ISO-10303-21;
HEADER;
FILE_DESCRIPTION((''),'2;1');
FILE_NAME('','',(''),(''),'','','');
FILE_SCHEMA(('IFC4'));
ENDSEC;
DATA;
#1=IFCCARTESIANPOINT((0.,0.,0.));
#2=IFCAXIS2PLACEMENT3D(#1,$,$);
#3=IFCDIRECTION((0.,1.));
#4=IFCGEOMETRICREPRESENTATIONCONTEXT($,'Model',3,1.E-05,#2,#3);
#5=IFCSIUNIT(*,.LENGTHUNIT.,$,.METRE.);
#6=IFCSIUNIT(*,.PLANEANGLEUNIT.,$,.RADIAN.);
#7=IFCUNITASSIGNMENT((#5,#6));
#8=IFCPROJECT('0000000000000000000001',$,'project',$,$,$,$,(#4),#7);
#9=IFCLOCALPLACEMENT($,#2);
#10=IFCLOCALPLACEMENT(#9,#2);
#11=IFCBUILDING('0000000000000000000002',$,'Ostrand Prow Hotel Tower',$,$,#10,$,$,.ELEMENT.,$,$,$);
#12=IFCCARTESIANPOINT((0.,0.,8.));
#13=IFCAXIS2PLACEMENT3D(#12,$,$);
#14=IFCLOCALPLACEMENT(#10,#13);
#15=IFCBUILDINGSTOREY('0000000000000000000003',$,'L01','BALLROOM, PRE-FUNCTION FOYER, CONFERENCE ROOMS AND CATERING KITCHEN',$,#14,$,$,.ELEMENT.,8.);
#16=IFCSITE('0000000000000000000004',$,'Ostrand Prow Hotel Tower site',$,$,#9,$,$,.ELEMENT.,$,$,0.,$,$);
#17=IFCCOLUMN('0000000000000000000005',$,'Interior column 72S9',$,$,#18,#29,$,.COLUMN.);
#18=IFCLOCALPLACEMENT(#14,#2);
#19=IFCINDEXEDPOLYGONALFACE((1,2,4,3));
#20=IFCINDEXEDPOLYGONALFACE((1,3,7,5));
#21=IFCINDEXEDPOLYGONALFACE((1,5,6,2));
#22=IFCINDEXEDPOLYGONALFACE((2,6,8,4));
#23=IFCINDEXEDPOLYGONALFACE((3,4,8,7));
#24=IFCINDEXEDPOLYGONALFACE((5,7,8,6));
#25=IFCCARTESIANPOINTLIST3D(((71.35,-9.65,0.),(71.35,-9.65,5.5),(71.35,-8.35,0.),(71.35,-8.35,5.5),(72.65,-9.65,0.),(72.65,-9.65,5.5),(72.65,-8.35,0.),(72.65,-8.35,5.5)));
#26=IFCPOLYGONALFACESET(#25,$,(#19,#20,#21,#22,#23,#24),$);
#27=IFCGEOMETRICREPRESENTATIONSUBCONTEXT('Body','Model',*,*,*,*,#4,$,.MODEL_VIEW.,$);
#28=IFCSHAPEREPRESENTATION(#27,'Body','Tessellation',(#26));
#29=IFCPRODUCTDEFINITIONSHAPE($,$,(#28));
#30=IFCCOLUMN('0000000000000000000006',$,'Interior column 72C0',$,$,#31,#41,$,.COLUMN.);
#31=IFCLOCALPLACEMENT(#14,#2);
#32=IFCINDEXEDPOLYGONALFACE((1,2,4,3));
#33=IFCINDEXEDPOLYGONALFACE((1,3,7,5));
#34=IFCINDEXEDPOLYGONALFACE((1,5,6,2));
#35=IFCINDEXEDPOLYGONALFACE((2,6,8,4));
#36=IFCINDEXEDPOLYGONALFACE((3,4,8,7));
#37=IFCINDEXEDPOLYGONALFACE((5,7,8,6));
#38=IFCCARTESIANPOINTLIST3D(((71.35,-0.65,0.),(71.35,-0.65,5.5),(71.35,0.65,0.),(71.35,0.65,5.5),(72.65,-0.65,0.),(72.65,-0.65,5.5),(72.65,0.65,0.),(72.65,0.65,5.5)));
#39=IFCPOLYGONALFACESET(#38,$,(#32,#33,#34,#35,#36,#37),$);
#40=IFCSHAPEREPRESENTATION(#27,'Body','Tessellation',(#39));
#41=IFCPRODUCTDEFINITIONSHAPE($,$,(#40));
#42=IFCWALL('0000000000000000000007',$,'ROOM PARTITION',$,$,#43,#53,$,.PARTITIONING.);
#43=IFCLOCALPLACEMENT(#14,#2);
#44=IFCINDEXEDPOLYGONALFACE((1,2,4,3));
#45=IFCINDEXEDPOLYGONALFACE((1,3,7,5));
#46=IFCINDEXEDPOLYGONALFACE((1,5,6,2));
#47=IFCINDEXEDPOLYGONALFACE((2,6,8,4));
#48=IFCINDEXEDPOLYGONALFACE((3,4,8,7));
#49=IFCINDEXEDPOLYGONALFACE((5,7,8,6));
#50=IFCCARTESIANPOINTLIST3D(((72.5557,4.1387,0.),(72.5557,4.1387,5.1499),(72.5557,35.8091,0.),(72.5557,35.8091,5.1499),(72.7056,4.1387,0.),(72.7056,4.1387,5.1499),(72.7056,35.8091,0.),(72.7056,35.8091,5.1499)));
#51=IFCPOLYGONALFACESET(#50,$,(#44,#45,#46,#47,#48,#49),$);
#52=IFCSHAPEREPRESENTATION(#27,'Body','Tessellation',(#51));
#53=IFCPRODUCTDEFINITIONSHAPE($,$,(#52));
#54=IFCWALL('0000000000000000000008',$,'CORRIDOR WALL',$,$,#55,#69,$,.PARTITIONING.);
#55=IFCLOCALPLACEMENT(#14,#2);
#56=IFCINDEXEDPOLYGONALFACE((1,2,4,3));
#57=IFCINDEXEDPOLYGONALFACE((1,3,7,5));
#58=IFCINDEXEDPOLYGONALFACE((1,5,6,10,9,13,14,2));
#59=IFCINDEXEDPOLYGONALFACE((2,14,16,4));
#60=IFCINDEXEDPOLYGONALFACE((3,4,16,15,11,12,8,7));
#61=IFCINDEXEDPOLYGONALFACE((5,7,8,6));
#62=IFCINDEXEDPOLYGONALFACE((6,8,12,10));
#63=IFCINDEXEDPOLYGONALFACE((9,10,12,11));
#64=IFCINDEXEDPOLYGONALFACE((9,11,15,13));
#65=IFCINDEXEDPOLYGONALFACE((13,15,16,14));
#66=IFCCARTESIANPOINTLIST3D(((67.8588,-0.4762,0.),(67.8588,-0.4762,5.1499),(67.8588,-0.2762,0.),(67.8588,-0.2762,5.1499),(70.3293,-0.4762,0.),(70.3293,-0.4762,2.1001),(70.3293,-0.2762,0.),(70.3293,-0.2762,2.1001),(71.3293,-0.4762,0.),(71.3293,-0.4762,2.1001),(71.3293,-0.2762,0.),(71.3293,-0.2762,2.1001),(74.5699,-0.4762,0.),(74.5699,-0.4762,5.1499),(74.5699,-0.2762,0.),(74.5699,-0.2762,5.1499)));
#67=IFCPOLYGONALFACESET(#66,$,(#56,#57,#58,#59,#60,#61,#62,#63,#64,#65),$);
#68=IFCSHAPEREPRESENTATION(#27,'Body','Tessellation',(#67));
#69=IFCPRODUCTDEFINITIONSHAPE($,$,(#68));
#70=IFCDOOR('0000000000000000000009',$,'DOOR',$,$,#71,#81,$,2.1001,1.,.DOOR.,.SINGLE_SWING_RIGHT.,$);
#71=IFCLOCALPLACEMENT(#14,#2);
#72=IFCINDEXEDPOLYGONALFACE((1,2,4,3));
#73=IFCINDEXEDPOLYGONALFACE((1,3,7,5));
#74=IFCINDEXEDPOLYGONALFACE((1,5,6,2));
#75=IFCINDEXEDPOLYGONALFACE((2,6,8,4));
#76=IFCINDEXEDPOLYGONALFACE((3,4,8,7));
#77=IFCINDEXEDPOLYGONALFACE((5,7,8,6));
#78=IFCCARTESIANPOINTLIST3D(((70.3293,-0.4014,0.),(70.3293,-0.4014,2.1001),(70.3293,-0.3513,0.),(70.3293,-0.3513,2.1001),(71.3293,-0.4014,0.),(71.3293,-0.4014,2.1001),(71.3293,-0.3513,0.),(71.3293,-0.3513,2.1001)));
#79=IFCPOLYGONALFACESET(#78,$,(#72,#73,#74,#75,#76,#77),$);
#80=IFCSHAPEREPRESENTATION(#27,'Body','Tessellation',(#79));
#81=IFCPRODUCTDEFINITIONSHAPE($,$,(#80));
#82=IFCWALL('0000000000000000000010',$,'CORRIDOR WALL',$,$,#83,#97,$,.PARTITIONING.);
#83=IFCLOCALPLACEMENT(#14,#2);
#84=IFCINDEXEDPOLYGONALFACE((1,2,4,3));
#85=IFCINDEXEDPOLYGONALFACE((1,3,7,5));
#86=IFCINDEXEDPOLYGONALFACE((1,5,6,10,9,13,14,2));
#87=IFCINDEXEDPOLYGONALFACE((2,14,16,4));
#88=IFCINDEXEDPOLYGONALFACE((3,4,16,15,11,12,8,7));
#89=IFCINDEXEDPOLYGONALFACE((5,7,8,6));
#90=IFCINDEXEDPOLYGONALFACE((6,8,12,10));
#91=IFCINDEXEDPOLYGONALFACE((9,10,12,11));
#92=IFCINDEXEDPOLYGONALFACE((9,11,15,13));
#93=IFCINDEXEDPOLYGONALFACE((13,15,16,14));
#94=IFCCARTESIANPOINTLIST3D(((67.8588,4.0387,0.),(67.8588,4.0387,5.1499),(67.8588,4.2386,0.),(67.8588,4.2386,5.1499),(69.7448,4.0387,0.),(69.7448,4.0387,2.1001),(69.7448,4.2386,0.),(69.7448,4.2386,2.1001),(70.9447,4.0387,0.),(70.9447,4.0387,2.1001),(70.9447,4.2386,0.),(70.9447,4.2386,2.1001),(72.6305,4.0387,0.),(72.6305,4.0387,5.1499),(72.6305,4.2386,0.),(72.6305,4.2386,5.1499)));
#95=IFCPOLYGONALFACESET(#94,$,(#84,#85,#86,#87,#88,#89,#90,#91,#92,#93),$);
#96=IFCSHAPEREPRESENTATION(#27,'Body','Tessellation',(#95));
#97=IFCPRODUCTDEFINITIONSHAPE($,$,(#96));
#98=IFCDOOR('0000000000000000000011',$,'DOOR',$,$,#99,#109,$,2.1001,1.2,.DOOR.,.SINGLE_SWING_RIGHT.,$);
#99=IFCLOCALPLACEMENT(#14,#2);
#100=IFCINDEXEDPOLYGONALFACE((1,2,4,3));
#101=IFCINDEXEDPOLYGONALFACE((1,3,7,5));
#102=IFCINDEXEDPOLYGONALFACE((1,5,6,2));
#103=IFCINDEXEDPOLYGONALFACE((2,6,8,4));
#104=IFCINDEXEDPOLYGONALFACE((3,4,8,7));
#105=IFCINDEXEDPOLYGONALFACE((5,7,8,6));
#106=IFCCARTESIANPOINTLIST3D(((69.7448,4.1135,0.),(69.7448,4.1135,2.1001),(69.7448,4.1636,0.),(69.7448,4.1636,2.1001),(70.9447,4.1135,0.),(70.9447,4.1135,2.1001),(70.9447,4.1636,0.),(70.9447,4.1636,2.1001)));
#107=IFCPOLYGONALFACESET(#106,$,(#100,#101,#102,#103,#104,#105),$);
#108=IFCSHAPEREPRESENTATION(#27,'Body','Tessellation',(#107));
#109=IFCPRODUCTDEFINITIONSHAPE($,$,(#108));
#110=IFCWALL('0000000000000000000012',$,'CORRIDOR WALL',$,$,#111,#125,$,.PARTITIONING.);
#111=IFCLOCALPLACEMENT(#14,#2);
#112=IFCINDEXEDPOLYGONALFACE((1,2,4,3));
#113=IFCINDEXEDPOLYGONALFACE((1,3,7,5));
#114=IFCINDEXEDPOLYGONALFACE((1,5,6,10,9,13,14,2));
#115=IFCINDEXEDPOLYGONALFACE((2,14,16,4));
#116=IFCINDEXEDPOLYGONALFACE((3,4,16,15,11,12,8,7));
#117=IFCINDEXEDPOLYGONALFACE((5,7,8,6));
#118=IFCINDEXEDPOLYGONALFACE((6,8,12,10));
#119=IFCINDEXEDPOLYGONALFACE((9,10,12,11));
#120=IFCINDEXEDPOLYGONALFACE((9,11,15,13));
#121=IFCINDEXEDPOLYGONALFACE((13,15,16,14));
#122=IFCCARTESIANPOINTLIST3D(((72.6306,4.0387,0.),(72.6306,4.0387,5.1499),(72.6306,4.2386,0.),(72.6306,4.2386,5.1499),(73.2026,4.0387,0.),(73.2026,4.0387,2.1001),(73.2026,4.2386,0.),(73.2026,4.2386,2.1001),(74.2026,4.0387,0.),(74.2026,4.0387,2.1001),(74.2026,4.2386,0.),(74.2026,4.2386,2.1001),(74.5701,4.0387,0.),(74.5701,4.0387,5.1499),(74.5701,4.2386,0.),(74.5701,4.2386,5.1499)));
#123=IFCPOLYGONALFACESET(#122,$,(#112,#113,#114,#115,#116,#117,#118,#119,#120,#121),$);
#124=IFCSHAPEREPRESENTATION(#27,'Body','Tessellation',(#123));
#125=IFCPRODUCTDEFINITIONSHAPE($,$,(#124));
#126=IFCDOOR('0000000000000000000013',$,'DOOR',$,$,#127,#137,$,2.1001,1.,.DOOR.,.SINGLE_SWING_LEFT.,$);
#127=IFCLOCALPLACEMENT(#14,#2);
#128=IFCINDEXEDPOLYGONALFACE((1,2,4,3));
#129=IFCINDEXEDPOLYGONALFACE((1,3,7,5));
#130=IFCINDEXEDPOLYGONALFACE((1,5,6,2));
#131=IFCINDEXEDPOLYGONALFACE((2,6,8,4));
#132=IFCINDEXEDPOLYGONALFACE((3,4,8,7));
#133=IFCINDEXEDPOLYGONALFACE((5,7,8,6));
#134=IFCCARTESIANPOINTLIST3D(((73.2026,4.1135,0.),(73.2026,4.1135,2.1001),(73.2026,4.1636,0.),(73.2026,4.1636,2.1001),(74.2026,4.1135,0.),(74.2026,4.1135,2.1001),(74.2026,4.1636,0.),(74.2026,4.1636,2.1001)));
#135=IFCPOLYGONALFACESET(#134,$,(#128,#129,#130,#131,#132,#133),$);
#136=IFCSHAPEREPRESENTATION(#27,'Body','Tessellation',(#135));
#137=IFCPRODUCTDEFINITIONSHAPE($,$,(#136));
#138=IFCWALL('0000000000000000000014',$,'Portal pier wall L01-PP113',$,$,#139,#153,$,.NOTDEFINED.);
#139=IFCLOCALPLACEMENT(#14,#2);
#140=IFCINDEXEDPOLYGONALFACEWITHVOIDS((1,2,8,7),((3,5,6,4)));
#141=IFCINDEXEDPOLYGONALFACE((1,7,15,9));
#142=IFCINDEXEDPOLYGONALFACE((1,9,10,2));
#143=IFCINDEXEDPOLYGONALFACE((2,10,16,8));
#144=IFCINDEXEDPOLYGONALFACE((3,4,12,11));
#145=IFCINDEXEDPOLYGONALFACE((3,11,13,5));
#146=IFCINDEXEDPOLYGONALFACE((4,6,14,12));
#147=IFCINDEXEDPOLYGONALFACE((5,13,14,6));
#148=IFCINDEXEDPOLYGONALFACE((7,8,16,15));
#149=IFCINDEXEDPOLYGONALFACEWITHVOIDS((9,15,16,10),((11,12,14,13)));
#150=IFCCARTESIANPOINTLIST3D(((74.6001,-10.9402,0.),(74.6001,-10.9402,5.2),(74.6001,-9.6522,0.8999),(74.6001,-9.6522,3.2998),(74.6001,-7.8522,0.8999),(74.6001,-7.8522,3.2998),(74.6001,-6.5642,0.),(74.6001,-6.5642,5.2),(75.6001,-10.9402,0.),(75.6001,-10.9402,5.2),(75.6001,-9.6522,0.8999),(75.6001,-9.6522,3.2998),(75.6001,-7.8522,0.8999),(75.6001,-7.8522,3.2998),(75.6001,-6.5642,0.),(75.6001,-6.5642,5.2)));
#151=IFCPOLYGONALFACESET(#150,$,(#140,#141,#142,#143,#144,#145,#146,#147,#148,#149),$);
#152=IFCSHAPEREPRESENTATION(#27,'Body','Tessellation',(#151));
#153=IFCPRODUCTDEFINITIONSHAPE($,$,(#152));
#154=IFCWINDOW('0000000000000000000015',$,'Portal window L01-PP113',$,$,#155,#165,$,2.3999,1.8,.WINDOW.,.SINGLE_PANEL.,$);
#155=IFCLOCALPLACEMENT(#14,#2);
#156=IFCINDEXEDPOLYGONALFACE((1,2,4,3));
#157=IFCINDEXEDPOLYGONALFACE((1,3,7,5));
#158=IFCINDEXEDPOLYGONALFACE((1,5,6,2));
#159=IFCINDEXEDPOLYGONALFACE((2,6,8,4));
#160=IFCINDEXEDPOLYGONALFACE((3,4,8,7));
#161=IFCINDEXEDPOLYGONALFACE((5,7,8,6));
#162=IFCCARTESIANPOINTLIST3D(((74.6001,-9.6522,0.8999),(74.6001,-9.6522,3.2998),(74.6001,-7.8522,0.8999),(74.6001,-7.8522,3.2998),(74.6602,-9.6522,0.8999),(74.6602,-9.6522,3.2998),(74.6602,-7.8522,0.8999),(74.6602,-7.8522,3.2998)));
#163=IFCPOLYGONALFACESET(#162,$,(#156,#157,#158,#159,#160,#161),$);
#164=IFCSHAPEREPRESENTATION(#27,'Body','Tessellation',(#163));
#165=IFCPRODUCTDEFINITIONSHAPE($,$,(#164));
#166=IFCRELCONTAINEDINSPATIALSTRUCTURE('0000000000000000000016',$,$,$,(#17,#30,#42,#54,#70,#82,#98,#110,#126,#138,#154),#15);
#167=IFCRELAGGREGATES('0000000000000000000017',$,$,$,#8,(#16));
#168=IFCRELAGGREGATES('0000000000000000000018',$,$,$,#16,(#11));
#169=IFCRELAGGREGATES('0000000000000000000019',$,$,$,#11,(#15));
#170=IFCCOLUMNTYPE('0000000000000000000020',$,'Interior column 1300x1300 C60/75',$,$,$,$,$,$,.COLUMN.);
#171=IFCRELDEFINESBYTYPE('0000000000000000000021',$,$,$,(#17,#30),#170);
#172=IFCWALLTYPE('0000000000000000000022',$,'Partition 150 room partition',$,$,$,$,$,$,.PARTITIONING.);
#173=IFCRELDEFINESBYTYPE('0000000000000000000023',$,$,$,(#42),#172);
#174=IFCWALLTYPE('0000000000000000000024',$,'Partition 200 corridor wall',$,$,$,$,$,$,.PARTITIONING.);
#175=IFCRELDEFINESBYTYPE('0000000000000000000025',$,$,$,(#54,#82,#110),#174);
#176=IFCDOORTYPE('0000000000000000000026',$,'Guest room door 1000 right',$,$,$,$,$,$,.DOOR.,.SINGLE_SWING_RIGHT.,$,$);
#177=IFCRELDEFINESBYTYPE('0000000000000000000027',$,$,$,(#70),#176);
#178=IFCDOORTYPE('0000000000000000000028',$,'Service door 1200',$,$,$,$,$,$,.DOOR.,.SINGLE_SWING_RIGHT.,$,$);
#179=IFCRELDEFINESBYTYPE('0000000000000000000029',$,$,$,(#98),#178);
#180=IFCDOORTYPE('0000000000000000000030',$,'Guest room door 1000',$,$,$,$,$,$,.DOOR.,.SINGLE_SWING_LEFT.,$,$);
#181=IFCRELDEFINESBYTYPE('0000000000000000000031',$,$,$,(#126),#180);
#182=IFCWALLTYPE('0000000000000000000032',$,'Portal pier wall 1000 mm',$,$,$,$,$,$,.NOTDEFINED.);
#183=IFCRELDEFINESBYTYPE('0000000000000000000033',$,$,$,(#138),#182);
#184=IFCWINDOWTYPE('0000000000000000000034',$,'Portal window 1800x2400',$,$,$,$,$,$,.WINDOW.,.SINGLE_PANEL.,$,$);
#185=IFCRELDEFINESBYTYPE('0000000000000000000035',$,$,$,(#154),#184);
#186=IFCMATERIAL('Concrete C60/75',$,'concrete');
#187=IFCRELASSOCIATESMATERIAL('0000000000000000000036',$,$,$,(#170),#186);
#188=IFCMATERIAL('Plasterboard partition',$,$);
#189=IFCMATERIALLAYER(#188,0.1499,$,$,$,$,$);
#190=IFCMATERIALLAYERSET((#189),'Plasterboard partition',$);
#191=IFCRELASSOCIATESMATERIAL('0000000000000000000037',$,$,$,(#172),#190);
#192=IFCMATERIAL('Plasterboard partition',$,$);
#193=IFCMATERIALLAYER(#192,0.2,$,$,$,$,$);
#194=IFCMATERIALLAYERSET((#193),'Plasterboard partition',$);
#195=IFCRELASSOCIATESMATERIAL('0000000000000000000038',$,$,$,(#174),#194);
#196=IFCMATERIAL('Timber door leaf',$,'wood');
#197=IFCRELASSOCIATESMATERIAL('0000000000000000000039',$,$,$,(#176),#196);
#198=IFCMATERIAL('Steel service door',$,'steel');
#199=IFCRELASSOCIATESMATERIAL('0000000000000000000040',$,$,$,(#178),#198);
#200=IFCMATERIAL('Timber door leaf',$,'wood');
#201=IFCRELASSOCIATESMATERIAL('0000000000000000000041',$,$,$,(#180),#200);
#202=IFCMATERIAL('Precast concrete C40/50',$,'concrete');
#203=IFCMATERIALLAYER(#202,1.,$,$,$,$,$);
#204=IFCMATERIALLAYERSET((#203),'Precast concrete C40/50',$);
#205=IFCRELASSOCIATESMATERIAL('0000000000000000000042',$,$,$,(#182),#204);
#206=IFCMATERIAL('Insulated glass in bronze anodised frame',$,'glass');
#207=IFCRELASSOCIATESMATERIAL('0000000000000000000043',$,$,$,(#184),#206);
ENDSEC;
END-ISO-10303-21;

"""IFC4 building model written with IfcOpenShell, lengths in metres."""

from ifc_helpers import new_model, si_unit, direction, frame, frame_2d, origin, origin_2d, place, context, subcontext, project, spatial, polyline, rectangle, outline, extrude, material, layer, layer_set, material_profile, profile_set, type_object, element, fill, save


model = new_model("IFC4")

# Units and contexts
model_context = context("Model", 3, precision=1e-05, world=origin(), true_north=direction((0.0, 1.0)))
body_context = subcontext(model_context, "Body", "Model", "MODEL_VIEW")
ifc_project = project(units=[si_unit("LENGTHUNIT", "METRE"), si_unit("PLANEANGLEUNIT", "RADIAN")], contexts=[model_context])

# Site, building, storey
site_placement = place(None, origin())
site = spatial("IfcSite", under=ifc_project, at=site_placement, Name="Ostrand Prow Hotel Tower site", CompositionType="ELEMENT", RefElevation=0.0)
building_placement = place(site_placement, origin())
building = spatial("IfcBuilding", under=site, at=building_placement, Name="Ostrand Prow Hotel Tower", CompositionType="ELEMENT")
storey_placement = place(building_placement, frame((0.0, 0.0, 8.0)))
storey = spatial("IfcBuildingStorey", under=building, at=storey_placement, Name="L01", Description="BALLROOM, PRE-FUNCTION FOYER, CONFERENCE ROOMS AND CATERING KITCHEN", CompositionType="ELEMENT", Elevation=8.0)

# Columns
ifc_material_1 = material(Name="Concrete C60/75", Category="concrete")
ifc_material_profile = material_profile(ifc_material_1, rectangle(XDim=1.3, YDim=1.3, at=origin_2d()), Name="RC 1300x1300")
ifc_profile_set = profile_set([ifc_material_profile], Name="Concrete C60/75")
column_type = type_object("IfcColumnType", Name="Interior column 1300x1300 C60/75", PredefinedType="COLUMN", material=ifc_profile_set)
for number, where, z_axis, x_axis, name in (
    (1, (72.0, -9.0, 0.0), (0.0, 0.0, 1.0), (1.0, 0.0, 0.0), "Interior column 72S9"),
    (2, (72.0, 0.0, 0.0), (0.0, 0.0, 1.0), (1.0, 0.0, 0.0), "Interior column 72C0"),
):
    element("IfcColumn", number, at=place(storey_placement, frame(where, z_axis=z_axis, x_axis=x_axis)), inside=storey, type_object=column_type, Name=name, PredefinedType="COLUMN", context=body_context, shape_type="SweptSolid", body=[
        extrude(rectangle(XDim=1.3, YDim=1.3, at=origin_2d()), origin(), (0.0, 0.0, 1.0), 5.5),
    ])

# Wall
ifc_material_2 = material(Name="Plasterboard partition")
ifc_layer_1 = layer(ifc_material_2, 0.1499)
ifc_layer_set_1 = layer_set([ifc_layer_1], Name="Plasterboard partition")
wall_type_1 = type_object("IfcWallType", Name="Partition 150 room partition", PredefinedType="PARTITIONING", material=ifc_layer_set_1)
wall_1_placement = place(storey_placement, frame((72.6306, 4.1387, 0.0), z_axis=(0.0, 0.0, 1.0), x_axis=(0.0, 1.0, 0.0)))
element("IfcWall", 3, at=wall_1_placement, inside=storey, type_object=wall_type_1, Name="ROOM PARTITION", PredefinedType="PARTITIONING", context=body_context, shape_type="SweptSolid", body=[
    extrude(rectangle(XDim=31.6704, YDim=0.1499, at=frame_2d((15.8352, 0.0))), origin(), (0.0, 0.0, 1.0), 5.1499),
])

# Walls, openings, doors
ifc_material_3 = material(Name="Plasterboard partition")
ifc_layer_2 = layer(ifc_material_3, 0.2)
ifc_layer_set_2 = layer_set([ifc_layer_2], Name="Plasterboard partition")
wall_type_2 = type_object("IfcWallType", Name="Partition 200 corridor wall", PredefinedType="PARTITIONING", material=ifc_layer_set_2)
wall_2_placement = place(storey_placement, frame((67.8589, -0.3762, 0.0), z_axis=(0.0, 0.0, 1.0), x_axis=(1.0, 0.0, 0.0)))
wall_2 = element("IfcWall", 4, at=wall_2_placement, inside=storey, type_object=wall_type_2, Name="CORRIDOR WALL", PredefinedType="PARTITIONING", context=body_context, shape_type="SweptSolid", body=[
    extrude(rectangle(XDim=6.7112, YDim=0.2, at=frame_2d((3.3555, 0.0))), origin(), (0.0, 0.0, 1.0), 5.1499),
])
opening_1_placement = place(wall_2_placement, frame((2.4705, 0.0, 0.0)))
opening_1 = element("IfcOpeningElement", 5, at=opening_1_placement, cuts=wall_2, PredefinedType="OPENING", context=body_context, shape_type="SweptSolid", body=[
    extrude(rectangle(XDim=1.0, YDim=2.1001, at=frame_2d((0.5, 1.05))), frame((0.0, 0.1099, 0.0), z_axis=(0.0, -1.0, 0.0), x_axis=(1.0, 0.0, 0.0)), (0.0, 0.0, 1.0), 0.22),
])
ifc_material_4 = material(Name="Timber door leaf", Category="wood")
door_type_1 = type_object("IfcDoorType", Name="Guest room door 1000 right", OperationType="SINGLE_SWING_RIGHT", PredefinedType="DOOR", material=ifc_material_4)
door_1_placement = place(opening_1_placement, origin())
door_1 = element("IfcDoor", 6, at=door_1_placement, inside=storey, type_object=door_type_1, Name="DOOR", OperationType="SINGLE_SWING_RIGHT", OverallHeight=2.1001, OverallWidth=1.0, PredefinedType="DOOR", context=body_context, shape_type="SweptSolid", body=[
    extrude(rectangle(XDim=1.0, YDim=2.1001, at=frame_2d((0.5, 1.05))), frame((0.0, 0.0249, 0.0), z_axis=(0.0, -1.0, 0.0), x_axis=(1.0, 0.0, 0.0)), (0.0, 0.0, 1.0), 0.05),
])
fill(opening_1, door_1)
wall_3_placement = place(storey_placement, frame((67.8589, 4.1387, 0.0), z_axis=(0.0, 0.0, 1.0), x_axis=(1.0, 0.0, 0.0)))
wall_3 = element("IfcWall", 7, at=wall_3_placement, inside=storey, type_object=wall_type_2, Name="CORRIDOR WALL", PredefinedType="PARTITIONING", context=body_context, shape_type="SweptSolid", body=[
    extrude(rectangle(XDim=4.7717, YDim=0.2, at=frame_2d((2.3857, 0.0))), origin(), (0.0, 0.0, 1.0), 5.1499),
])
opening_2_placement = place(wall_3_placement, frame((1.8857, 0.0, 0.0)))
opening_2 = element("IfcOpeningElement", 8, at=opening_2_placement, cuts=wall_3, PredefinedType="OPENING", context=body_context, shape_type="SweptSolid", body=[
    extrude(rectangle(XDim=1.2, YDim=2.1001, at=frame_2d((0.6001, 1.05))), frame((0.0, 0.1099, 0.0), z_axis=(0.0, -1.0, 0.0), x_axis=(1.0, 0.0, 0.0)), (0.0, 0.0, 1.0), 0.22),
])
ifc_material_5 = material(Name="Steel service door", Category="steel")
door_type_2 = type_object("IfcDoorType", Name="Service door 1200", OperationType="SINGLE_SWING_RIGHT", PredefinedType="DOOR", material=ifc_material_5)
door_2_placement = place(opening_2_placement, origin())
door_2 = element("IfcDoor", 9, at=door_2_placement, inside=storey, type_object=door_type_2, Name="DOOR", OperationType="SINGLE_SWING_RIGHT", OverallHeight=2.1001, OverallWidth=1.2, PredefinedType="DOOR", context=body_context, shape_type="SweptSolid", body=[
    extrude(rectangle(XDim=1.2, YDim=2.1001, at=frame_2d((0.6001, 1.05))), frame((0.0, 0.0249, 0.0), z_axis=(0.0, -1.0, 0.0), x_axis=(1.0, 0.0, 0.0)), (0.0, 0.0, 1.0), 0.05),
])
fill(opening_2, door_2)
wall_4_placement = place(storey_placement, frame((72.6306, 4.1387, 0.0), z_axis=(0.0, 0.0, 1.0), x_axis=(1.0, 0.0, 0.0)))
wall_4 = element("IfcWall", 10, at=wall_4_placement, inside=storey, type_object=wall_type_2, Name="CORRIDOR WALL", PredefinedType="PARTITIONING", context=body_context, shape_type="SweptSolid", body=[
    extrude(rectangle(XDim=1.9395, YDim=0.2, at=frame_2d((0.9697, 0.0))), origin(), (0.0, 0.0, 1.0), 5.1499),
])
opening_3_placement = place(wall_4_placement, frame((0.572, 0.0, 0.0)))
opening_3 = element("IfcOpeningElement", 11, at=opening_3_placement, cuts=wall_4, PredefinedType="OPENING", context=body_context, shape_type="SweptSolid", body=[
    extrude(rectangle(XDim=1.0, YDim=2.1001, at=frame_2d((0.5, 1.05))), frame((0.0, 0.1099, 0.0), z_axis=(0.0, -1.0, 0.0), x_axis=(1.0, 0.0, 0.0)), (0.0, 0.0, 1.0), 0.22),
])
ifc_material_6 = material(Name="Timber door leaf", Category="wood")
door_type_3 = type_object("IfcDoorType", Name="Guest room door 1000", OperationType="SINGLE_SWING_LEFT", PredefinedType="DOOR", material=ifc_material_6)
door_3_placement = place(opening_3_placement, origin())
door_3 = element("IfcDoor", 12, at=door_3_placement, inside=storey, type_object=door_type_3, Name="DOOR", OperationType="SINGLE_SWING_LEFT", OverallHeight=2.1001, OverallWidth=1.0, PredefinedType="DOOR", context=body_context, shape_type="SweptSolid", body=[
    extrude(rectangle(XDim=1.0, YDim=2.1001, at=frame_2d((0.5, 1.05))), frame((0.0, 0.0249, 0.0), z_axis=(0.0, -1.0, 0.0), x_axis=(1.0, 0.0, 0.0)), (0.0, 0.0, 1.0), 0.05),
])
fill(opening_3, door_3)

# Wall, opening, window
ifc_material_7 = material(Name="Precast concrete C40/50", Category="concrete")
ifc_layer_3 = layer(ifc_material_7, 1.0)
ifc_layer_set_3 = layer_set([ifc_layer_3], Name="Precast concrete C40/50")
wall_type_3 = type_object("IfcWallType", Name="Portal pier wall 1000 mm", PredefinedType="NOTDEFINED", material=ifc_layer_set_3)
wall_5_placement = place(storey_placement, frame((75.1001, -10.9402, 0.0), z_axis=(0.0, 0.0, 1.0), x_axis=(0.0, 1.0, 0.0)))
wall_5 = element("IfcWall", 13, at=wall_5_placement, inside=storey, type_object=wall_type_3, Name="Portal pier wall L01-PP113", PredefinedType="NOTDEFINED", context=body_context, shape_type="SweptSolid", body=[
    extrude(outline(polyline([(0.0, -0.5), (4.376, -0.5), (4.376, 0.5), (0.0, 0.5), (0.0, -0.5)])), origin(), (0.0, 0.0, 1.0), 5.2),
])
opening_4_placement = place(wall_5_placement, frame((1.2881, 0.0, 0.8999)))
opening_4 = element("IfcOpeningElement", 14, at=opening_4_placement, cuts=wall_5, PredefinedType="OPENING", context=body_context, shape_type="SweptSolid", body=[
    extrude(rectangle(XDim=1.8, YDim=2.3999, at=frame_2d((0.8999, 1.2))), frame((0.0, 0.51, 0.0), z_axis=(0.0, -1.0, 0.0), x_axis=(1.0, 0.0, 0.0)), (0.0, 0.0, 1.0), 1.02),
])
ifc_material_8 = material(Name="Insulated glass in bronze anodised frame", Category="glass")
window_type = type_object("IfcWindowType", Name="Portal window 1800x2400", PartitioningType="SINGLE_PANEL", PredefinedType="WINDOW", material=ifc_material_8)
window_1_placement = place(opening_4_placement, origin())
window_1 = element("IfcWindow", 15, at=window_1_placement, inside=storey, type_object=window_type, Name="Portal window L01-PP113", OverallHeight=2.3999, OverallWidth=1.8, PartitioningType="SINGLE_PANEL", PredefinedType="WINDOW", context=body_context, shape_type="SweptSolid", body=[
    extrude(rectangle(XDim=1.8, YDim=2.3999, at=frame_2d((0.8999, 1.2))), frame((0.0, 0.5, 0.0), z_axis=(0.0, -1.0, 0.0), x_axis=(1.0, 0.0, 0.0)), (0.0, 0.0, 1.0), 0.0601),
])
fill(opening_4, window_1)

save(model, "model.ifc")
